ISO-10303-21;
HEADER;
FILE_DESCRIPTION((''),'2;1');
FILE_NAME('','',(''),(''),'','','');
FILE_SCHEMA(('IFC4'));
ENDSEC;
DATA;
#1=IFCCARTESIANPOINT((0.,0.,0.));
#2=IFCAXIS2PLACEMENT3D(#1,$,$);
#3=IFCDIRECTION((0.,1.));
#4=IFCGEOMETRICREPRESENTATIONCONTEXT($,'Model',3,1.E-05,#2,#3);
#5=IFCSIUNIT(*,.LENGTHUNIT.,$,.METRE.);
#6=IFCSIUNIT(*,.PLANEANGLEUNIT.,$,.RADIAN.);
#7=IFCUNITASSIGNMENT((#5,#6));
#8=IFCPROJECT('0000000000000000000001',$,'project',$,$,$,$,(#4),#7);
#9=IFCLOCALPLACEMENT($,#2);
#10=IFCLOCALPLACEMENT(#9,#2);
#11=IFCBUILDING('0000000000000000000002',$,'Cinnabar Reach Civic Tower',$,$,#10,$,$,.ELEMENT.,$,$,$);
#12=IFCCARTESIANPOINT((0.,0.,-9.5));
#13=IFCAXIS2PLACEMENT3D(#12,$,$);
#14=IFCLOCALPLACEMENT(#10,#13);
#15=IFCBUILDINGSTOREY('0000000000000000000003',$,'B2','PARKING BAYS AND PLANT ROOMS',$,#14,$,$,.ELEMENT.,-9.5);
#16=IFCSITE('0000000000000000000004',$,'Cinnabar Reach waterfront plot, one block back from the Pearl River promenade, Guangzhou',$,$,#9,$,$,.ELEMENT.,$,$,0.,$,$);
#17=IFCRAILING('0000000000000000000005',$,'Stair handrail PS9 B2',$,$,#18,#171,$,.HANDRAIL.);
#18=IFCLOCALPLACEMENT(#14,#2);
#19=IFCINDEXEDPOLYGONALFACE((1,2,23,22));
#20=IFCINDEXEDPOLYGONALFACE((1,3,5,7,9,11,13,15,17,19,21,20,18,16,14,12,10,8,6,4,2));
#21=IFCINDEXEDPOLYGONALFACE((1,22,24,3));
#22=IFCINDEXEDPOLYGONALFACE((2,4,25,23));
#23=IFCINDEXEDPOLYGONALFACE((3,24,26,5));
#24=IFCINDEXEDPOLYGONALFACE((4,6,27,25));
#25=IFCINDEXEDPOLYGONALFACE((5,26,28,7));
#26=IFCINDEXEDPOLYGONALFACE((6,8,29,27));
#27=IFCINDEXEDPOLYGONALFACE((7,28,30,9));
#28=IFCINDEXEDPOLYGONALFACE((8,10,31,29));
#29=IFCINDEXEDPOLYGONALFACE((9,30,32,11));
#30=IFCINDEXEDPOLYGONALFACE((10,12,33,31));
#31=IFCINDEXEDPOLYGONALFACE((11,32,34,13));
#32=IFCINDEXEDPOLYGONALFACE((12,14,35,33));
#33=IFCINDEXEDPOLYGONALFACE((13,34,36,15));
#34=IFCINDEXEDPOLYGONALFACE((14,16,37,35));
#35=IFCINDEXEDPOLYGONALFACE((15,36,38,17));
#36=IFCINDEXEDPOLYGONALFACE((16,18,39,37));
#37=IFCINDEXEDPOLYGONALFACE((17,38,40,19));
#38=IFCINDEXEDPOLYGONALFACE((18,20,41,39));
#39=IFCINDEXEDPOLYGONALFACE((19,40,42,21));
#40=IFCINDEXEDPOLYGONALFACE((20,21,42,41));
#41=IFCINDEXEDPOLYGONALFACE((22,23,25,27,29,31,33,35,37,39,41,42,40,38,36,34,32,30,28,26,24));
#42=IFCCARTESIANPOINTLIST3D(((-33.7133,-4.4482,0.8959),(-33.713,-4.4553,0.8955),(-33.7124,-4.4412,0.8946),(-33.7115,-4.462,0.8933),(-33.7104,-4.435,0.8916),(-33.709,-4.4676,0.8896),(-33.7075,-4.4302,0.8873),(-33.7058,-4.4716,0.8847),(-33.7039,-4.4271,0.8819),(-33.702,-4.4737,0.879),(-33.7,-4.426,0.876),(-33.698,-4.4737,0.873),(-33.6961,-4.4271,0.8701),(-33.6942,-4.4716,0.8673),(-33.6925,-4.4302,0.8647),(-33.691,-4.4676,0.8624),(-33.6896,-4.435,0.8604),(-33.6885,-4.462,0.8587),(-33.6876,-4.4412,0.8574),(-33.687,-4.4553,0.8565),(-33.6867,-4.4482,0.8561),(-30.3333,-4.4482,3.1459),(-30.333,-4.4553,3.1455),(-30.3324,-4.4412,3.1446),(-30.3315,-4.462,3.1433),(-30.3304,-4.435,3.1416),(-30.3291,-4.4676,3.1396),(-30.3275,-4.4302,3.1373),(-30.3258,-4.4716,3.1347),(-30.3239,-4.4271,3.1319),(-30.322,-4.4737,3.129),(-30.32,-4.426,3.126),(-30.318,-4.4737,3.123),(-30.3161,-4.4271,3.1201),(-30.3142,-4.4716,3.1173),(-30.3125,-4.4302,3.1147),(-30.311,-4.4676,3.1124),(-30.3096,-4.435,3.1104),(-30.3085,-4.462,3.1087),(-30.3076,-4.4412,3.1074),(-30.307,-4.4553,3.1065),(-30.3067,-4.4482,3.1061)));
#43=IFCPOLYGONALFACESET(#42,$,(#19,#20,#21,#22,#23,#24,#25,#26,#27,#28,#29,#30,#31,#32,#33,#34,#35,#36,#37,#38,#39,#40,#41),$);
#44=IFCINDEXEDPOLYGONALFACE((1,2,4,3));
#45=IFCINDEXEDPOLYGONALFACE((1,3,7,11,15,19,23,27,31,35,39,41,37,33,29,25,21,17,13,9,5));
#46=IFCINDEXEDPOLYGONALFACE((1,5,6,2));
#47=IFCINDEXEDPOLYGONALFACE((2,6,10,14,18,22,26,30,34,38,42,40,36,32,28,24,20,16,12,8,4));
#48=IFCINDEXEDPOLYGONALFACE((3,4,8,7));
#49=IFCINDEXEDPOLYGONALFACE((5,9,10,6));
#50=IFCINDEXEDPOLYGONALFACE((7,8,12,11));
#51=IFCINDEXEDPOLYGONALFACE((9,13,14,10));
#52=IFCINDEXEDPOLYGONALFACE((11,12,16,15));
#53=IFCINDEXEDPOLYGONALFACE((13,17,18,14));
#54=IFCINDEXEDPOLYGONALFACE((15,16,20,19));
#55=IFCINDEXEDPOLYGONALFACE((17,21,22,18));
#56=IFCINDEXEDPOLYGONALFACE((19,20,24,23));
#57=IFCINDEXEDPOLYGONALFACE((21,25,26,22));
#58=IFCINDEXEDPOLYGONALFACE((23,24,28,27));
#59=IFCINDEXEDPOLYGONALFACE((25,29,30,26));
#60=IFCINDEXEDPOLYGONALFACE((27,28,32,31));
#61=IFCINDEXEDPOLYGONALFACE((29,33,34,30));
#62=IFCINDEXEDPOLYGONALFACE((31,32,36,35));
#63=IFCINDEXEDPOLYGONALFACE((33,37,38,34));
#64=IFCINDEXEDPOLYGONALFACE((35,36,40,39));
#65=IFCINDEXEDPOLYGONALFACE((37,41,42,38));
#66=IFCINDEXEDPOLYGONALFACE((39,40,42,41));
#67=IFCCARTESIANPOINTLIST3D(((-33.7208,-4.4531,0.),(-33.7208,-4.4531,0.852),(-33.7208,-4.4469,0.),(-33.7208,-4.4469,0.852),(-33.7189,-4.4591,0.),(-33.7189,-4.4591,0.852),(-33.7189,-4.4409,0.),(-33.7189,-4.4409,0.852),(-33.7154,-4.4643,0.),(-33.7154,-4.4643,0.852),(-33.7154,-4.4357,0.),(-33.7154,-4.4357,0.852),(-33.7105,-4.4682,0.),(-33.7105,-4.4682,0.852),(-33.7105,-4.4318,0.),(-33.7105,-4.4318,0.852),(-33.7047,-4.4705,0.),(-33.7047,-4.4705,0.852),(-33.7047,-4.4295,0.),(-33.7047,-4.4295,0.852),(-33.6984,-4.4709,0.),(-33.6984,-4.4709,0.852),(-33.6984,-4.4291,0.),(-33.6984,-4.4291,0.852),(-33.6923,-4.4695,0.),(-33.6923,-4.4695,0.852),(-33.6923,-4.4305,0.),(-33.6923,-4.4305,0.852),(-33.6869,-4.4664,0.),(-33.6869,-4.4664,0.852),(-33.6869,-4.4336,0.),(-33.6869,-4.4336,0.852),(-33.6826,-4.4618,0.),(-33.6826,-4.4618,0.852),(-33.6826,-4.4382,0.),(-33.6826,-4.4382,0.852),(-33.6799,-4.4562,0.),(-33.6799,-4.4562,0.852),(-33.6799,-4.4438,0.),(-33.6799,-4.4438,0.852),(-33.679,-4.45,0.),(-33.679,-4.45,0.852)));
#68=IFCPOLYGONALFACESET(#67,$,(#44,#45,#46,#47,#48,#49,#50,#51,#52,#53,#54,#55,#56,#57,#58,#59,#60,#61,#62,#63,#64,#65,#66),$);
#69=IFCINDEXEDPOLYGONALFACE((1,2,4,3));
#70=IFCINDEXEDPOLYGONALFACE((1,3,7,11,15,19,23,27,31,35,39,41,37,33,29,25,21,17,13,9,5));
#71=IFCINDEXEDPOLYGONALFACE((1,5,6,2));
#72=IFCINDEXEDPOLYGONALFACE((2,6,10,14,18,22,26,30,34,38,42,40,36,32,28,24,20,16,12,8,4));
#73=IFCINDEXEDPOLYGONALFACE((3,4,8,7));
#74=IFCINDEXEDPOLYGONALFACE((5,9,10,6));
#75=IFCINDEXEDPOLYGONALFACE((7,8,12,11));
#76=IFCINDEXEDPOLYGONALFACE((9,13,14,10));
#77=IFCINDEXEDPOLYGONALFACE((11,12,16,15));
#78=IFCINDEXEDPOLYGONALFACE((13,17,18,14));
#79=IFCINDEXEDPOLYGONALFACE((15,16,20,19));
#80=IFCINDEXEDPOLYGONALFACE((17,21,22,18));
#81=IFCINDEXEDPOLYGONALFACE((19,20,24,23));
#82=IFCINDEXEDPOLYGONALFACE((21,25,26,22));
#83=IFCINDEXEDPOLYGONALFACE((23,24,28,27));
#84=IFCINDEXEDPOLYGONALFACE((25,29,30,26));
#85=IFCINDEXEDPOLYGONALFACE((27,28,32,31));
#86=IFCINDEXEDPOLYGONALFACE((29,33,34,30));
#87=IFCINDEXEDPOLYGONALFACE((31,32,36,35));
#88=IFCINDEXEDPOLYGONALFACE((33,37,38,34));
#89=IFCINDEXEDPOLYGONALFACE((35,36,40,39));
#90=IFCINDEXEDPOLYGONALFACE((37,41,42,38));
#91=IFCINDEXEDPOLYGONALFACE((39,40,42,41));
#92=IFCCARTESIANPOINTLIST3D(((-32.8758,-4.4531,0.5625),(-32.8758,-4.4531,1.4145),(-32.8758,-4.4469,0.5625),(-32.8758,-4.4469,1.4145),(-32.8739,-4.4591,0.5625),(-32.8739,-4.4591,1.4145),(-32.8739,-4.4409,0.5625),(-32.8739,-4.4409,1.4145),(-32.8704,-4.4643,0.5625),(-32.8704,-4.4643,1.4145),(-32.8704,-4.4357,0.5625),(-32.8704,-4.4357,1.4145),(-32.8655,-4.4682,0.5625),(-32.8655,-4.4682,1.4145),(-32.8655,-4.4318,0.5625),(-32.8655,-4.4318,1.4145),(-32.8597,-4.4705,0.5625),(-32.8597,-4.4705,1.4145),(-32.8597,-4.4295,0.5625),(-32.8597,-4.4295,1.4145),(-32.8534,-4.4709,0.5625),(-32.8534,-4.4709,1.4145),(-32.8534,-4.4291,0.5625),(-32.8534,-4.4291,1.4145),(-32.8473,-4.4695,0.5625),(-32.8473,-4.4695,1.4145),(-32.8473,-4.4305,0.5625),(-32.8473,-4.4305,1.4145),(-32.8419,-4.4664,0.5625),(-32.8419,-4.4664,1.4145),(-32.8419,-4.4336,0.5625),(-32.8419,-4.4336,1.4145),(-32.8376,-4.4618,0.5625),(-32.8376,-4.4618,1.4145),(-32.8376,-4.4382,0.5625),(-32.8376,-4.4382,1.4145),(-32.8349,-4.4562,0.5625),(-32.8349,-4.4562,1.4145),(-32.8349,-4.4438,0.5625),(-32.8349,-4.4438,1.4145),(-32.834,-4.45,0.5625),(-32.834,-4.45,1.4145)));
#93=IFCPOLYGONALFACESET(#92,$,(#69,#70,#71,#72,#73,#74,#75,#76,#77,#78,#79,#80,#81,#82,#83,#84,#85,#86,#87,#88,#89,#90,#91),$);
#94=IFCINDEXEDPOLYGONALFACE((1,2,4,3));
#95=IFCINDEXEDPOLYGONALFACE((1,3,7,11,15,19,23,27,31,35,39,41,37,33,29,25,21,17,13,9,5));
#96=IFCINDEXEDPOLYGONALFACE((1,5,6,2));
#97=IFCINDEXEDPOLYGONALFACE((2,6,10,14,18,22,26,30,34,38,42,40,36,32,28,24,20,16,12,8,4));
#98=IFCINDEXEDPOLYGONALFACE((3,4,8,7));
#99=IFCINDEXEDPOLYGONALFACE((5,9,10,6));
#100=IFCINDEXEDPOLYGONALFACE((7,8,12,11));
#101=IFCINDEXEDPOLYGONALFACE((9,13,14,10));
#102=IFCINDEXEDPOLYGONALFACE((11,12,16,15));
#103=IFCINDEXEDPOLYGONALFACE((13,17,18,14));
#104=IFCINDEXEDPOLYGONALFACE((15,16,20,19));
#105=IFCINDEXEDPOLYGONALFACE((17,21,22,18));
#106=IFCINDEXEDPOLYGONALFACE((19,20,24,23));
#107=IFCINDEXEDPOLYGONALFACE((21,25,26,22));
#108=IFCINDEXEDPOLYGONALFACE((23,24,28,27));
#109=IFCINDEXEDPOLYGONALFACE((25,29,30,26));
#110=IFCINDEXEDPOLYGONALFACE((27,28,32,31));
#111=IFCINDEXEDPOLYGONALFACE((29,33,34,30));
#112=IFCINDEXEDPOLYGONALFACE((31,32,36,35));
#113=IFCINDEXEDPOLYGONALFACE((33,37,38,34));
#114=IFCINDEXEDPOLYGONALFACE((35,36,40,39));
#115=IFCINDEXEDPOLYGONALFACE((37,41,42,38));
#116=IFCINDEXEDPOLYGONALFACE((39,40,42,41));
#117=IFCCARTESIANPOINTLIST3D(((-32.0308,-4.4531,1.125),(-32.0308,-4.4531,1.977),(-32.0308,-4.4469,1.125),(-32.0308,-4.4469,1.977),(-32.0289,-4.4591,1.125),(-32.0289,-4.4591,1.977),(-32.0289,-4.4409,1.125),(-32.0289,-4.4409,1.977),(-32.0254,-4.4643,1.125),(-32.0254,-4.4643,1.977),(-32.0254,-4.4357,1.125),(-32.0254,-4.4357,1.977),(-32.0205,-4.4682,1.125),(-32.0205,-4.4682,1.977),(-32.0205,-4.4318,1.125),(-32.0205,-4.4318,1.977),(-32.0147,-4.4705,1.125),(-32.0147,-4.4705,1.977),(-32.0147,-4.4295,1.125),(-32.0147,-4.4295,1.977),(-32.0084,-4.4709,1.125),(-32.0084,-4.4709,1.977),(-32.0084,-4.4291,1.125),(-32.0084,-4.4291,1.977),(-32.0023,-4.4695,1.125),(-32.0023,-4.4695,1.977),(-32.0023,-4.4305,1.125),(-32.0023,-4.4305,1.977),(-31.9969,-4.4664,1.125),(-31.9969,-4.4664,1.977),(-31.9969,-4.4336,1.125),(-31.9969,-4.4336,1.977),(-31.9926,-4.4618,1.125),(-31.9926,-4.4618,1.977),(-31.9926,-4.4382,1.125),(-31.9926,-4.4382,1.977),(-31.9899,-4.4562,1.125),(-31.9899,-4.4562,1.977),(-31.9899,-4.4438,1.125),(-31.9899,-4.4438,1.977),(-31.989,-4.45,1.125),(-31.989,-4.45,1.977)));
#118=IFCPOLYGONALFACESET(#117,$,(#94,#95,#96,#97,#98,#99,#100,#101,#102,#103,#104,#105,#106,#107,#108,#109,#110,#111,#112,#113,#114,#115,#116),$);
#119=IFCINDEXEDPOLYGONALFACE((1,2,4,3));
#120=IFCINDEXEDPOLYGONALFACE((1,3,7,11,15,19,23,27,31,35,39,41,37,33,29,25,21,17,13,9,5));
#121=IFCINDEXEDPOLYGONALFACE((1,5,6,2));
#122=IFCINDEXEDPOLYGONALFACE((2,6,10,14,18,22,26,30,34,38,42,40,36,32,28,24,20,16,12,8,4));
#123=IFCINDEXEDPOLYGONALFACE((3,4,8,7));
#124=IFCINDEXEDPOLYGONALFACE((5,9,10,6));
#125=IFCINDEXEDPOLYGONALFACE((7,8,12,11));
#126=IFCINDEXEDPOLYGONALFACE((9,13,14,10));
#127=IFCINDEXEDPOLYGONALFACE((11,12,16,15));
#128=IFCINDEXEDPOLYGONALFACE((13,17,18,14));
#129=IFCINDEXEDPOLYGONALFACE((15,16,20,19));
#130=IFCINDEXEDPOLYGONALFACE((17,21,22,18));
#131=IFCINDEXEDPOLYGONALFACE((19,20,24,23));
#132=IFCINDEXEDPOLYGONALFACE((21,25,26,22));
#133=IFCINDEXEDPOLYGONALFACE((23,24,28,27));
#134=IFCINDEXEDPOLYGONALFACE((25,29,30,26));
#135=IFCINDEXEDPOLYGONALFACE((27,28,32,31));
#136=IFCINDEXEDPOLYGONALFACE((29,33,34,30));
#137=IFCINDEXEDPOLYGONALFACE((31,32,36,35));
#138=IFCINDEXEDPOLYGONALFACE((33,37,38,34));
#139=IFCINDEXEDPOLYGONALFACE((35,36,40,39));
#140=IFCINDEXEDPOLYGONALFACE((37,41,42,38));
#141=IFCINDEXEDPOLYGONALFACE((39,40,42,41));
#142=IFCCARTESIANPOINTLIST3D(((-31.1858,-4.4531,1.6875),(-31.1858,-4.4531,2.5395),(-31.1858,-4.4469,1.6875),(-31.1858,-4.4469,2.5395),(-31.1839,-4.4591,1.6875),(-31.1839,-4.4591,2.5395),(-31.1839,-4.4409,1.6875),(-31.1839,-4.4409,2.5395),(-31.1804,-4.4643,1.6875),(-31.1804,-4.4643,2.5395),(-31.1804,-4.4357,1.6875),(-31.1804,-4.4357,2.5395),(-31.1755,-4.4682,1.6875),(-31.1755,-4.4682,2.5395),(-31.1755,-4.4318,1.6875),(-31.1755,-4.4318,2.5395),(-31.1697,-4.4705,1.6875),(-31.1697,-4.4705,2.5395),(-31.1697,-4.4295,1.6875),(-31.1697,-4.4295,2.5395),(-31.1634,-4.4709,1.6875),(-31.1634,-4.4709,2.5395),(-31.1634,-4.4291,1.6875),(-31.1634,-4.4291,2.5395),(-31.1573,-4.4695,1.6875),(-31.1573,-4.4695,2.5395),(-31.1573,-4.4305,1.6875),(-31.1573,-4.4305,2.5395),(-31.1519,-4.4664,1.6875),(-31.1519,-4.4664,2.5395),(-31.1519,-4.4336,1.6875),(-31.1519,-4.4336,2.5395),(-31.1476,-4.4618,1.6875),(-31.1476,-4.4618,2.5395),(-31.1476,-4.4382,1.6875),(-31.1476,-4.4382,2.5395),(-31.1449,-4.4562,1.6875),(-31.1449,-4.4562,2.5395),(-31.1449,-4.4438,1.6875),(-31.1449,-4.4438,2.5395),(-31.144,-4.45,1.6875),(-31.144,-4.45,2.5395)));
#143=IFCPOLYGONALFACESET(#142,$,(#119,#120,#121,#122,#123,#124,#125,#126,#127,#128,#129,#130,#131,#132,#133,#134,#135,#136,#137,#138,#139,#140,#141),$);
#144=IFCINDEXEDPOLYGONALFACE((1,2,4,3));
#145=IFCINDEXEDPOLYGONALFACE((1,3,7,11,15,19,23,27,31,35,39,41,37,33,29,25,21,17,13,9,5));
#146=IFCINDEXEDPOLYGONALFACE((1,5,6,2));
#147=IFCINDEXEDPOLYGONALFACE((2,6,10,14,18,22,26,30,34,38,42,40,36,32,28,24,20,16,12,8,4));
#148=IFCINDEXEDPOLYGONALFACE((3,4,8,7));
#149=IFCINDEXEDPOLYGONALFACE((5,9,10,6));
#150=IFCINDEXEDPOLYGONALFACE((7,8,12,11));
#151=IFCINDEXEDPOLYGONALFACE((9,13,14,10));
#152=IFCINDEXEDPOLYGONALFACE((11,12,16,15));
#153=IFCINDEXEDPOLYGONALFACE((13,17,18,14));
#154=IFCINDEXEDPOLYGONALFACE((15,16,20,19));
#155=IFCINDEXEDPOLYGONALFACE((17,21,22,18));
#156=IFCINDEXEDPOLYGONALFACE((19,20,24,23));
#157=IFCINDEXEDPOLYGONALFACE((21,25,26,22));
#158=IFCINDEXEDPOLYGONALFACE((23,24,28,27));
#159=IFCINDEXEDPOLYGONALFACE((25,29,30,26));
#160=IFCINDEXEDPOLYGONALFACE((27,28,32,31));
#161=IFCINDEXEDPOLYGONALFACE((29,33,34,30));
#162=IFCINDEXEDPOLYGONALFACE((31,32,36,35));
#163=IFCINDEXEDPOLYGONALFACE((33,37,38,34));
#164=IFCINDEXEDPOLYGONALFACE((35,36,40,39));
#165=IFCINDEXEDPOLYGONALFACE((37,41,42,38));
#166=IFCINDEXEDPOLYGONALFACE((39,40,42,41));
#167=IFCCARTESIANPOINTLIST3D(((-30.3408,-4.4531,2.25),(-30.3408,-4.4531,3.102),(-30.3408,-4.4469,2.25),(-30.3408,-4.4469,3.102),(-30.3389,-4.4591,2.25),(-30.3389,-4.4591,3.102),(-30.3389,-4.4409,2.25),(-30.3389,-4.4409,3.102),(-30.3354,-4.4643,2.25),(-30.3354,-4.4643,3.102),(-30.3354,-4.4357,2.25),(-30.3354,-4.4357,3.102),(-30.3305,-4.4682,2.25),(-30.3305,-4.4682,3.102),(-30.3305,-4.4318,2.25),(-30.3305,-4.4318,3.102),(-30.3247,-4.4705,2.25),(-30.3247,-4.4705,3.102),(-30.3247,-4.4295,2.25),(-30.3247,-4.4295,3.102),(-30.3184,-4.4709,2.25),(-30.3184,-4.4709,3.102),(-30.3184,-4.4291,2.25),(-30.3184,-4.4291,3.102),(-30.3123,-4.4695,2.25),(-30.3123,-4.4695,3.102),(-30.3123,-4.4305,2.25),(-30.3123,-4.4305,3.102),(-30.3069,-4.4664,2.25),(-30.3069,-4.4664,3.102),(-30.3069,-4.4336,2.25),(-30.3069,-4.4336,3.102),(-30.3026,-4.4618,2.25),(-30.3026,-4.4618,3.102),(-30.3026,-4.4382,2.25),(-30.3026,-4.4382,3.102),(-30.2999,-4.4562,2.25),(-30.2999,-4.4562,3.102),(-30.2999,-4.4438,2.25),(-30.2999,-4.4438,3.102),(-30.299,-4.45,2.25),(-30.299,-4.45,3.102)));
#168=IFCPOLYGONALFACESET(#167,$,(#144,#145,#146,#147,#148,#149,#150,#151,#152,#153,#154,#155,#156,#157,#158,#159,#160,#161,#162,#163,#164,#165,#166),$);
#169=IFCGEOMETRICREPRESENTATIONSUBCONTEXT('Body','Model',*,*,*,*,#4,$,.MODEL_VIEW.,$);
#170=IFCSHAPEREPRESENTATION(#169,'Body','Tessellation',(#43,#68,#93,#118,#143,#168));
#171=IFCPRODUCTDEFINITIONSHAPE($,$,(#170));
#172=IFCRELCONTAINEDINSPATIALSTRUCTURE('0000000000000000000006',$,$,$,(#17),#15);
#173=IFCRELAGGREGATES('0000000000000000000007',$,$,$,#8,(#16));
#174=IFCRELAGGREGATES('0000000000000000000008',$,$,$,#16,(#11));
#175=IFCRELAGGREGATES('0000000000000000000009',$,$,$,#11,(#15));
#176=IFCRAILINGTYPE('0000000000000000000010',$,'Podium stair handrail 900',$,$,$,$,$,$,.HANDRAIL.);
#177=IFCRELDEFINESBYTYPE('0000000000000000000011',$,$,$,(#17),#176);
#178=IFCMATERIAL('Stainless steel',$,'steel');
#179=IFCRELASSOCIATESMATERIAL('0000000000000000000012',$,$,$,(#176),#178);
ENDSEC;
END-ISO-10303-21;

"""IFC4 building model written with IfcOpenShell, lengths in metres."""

from ifc_helpers import new_model, si_unit, direction, frame, origin, origin_2d, place, context, subcontext, project, spatial, circle, extrude, material, type_object, element, save


model = new_model("IFC4")

# Units and contexts
model_context = context("Model", 3, precision=1e-05, world=origin(), true_north=direction((0.0, 1.0)))
body_context = subcontext(model_context, "Body", "Model", "MODEL_VIEW")
ifc_project = project(units=[si_unit("LENGTHUNIT", "METRE"), si_unit("PLANEANGLEUNIT", "RADIAN")], contexts=[model_context])

# Site, building, storey
site_placement = place(None, origin())
site = spatial("IfcSite", under=ifc_project, at=site_placement, Name="Cinnabar Reach waterfront plot, one block back from the Pearl River promenade, Guangzhou", CompositionType="ELEMENT", RefElevation=0.0)
building_placement = place(site_placement, origin())
building = spatial("IfcBuilding", under=site, at=building_placement, Name="Cinnabar Reach Civic Tower", CompositionType="ELEMENT")
storey_placement = place(building_placement, frame((0.0, 0.0, -9.5)))
storey = spatial("IfcBuildingStorey", under=building, at=storey_placement, Name="B2", Description="PARKING BAYS AND PLANT ROOMS", CompositionType="ELEMENT", Elevation=-9.5)

# Railing
ifc_material_1 = material(Name="Stainless steel", Category="steel")
railing_type_1 = type_object("IfcRailingType", Name="Podium stair handrail 900", PredefinedType="HANDRAIL", material=ifc_material_1)
railing_1_placement = place(storey_placement, frame((-33.7, -4.45, 0.0)))
element("IfcRailing", 1, at=railing_1_placement, inside=storey, type_object=railing_type_1, Name="Stair handrail PS9 B2", PredefinedType="HANDRAIL", context=body_context, shape_type="SweptSolid", body=[
    extrude(circle(Radius=0.024, at=origin_2d()), frame((0.0, 0.0, 0.876), z_axis=(0.832429, 0.0, 0.554132), x_axis=(0.0, 1.0, 0.0)), (0.0, 0.0, 1.0), 4.0604),
    extrude(circle(Radius=0.021, at=origin_2d()), origin(), (0.0, 0.0, 1.0), 0.852),
    extrude(circle(Radius=0.021, at=origin_2d()), frame((0.845, 0.0, 0.5625)), (0.0, 0.0, 1.0), 0.852),
    extrude(circle(Radius=0.021, at=origin_2d()), frame((1.69, 0.0, 1.125)), (0.0, 0.0, 1.0), 0.852),
    extrude(circle(Radius=0.021, at=origin_2d()), frame((2.535, 0.0, 1.6875)), (0.0, 0.0, 1.0), 0.852),
    extrude(circle(Radius=0.021, at=origin_2d()), frame((3.38, 0.0, 2.25)), (0.0, 0.0, 1.0), 0.852),
])

save(model, "model.ifc")
